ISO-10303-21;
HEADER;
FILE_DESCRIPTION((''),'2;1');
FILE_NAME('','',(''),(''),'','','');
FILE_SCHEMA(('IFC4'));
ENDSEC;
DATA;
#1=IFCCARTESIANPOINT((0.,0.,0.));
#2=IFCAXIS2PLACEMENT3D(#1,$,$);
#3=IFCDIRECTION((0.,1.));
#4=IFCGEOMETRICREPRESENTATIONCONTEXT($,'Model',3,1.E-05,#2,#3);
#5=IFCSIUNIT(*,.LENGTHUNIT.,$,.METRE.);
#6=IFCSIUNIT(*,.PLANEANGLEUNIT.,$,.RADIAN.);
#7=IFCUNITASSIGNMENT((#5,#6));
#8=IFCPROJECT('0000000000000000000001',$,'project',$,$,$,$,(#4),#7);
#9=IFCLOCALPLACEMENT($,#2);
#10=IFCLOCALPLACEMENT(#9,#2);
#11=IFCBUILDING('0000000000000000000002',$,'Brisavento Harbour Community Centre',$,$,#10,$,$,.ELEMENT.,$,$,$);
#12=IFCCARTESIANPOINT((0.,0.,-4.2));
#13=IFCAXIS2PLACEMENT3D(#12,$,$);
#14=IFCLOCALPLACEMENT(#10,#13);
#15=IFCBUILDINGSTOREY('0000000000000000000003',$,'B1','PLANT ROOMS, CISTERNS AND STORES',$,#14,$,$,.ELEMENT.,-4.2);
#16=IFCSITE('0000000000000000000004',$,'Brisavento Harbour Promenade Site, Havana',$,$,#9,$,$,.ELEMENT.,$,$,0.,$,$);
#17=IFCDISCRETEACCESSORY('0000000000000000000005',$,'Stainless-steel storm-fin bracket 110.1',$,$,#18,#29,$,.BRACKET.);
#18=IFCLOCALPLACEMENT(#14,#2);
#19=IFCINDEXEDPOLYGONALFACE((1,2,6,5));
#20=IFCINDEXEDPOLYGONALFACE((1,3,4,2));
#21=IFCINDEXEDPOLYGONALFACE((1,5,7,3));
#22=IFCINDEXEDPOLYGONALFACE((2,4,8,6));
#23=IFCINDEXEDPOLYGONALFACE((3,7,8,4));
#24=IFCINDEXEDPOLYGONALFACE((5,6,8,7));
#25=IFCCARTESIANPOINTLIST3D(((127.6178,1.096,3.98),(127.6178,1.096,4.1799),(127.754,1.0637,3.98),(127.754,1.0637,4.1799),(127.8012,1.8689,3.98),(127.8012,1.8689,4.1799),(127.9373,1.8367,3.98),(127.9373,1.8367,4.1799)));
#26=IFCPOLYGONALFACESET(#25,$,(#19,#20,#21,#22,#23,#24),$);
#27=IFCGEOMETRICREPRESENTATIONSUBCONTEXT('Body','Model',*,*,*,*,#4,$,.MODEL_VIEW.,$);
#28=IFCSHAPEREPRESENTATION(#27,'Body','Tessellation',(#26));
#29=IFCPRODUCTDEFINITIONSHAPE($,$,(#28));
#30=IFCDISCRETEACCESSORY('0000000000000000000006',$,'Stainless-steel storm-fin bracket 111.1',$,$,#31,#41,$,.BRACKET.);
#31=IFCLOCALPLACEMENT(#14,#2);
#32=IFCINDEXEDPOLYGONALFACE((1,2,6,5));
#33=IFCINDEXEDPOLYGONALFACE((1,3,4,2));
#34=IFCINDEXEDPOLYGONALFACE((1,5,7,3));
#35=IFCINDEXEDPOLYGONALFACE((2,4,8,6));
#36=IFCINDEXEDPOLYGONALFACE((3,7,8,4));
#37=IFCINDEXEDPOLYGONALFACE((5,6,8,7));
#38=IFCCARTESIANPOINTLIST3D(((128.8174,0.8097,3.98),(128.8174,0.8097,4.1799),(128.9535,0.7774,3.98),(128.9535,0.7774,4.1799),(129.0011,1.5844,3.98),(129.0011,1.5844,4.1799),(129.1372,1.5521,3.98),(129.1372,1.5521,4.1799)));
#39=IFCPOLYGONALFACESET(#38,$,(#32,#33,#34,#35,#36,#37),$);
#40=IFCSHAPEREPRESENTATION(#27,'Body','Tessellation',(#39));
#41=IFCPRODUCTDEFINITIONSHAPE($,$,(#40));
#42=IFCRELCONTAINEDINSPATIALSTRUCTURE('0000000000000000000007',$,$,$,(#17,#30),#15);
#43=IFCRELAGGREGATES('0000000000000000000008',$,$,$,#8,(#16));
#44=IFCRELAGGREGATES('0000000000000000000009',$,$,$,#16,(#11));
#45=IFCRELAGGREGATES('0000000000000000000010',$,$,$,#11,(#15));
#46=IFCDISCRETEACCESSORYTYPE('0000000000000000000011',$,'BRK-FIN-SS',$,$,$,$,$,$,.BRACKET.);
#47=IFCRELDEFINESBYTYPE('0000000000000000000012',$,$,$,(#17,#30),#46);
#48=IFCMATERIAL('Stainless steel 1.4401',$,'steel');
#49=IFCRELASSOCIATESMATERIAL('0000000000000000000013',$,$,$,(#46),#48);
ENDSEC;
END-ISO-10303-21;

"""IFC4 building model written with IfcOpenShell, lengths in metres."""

from ifc_helpers import new_model, si_unit, direction, frame, origin, origin_2d, place, context, subcontext, project, spatial, rectangle, extrude, material, type_object, element, save


model = new_model("IFC4")

# Units and contexts
model_context = context("Model", 3, precision=1e-05, world=origin(), true_north=direction((0.0, 1.0)))
body_context = subcontext(model_context, "Body", "Model", "MODEL_VIEW")
ifc_project = project(units=[si_unit("LENGTHUNIT", "METRE"), si_unit("PLANEANGLEUNIT", "RADIAN")], contexts=[model_context])

# Site, building, storey
site_placement = place(None, origin())
site = spatial("IfcSite", under=ifc_project, at=site_placement, Name="Brisavento Harbour Promenade Site, Havana", CompositionType="ELEMENT", RefElevation=0.0)
building_placement = place(site_placement, origin())
building = spatial("IfcBuilding", under=site, at=building_placement, Name="Brisavento Harbour Community Centre", CompositionType="ELEMENT")
storey_placement = place(building_placement, frame((0.0, 0.0, -4.2)))
storey = spatial("IfcBuildingStorey", under=building, at=storey_placement, Name="B1", Description="PLANT ROOMS, CISTERNS AND STORES", CompositionType="ELEMENT", Elevation=-4.2)

# Discrete accessories
ifc_material_1 = material(Name="Stainless steel 1.4401", Category="steel")
discrete_accessory_type = type_object("IfcDiscreteAccessoryType", Name="BRK-FIN-SS", PredefinedType="BRACKET", material=ifc_material_1)
discrete_accessory_1_placement = place(storey_placement, frame((127.7776, 1.4663, 3.98), z_axis=(0.0, 0.0, 1.0), x_axis=(-0.230831, -0.972994, 0.0)))
element("IfcDiscreteAccessory", 1, at=discrete_accessory_1_placement, inside=storey, type_object=discrete_accessory_type, Name="Stainless-steel storm-fin bracket 110.1", PredefinedType="BRACKET", context=body_context, shape_type="SweptSolid", body=[
    extrude(rectangle(XDim=0.7944, YDim=0.1399, at=origin_2d()), origin(), (0.0, 0.0, 1.0), 0.2),
])
discrete_accessory_2_placement = place(storey_placement, frame((128.9773, 1.1809, 3.98), z_axis=(0.0, 0.0, 1.0), x_axis=(-0.230831, -0.972994, 0.0)))
element("IfcDiscreteAccessory", 2, at=discrete_accessory_2_placement, inside=storey, type_object=discrete_accessory_type, Name="Stainless-steel storm-fin bracket 111.1", PredefinedType="BRACKET", context=body_context, shape_type="SweptSolid", body=[
    extrude(rectangle(XDim=0.7961, YDim=0.1399, at=origin_2d()), origin(), (0.0, 0.0, 1.0), 0.2),
])

save(model, "model.ifc")
